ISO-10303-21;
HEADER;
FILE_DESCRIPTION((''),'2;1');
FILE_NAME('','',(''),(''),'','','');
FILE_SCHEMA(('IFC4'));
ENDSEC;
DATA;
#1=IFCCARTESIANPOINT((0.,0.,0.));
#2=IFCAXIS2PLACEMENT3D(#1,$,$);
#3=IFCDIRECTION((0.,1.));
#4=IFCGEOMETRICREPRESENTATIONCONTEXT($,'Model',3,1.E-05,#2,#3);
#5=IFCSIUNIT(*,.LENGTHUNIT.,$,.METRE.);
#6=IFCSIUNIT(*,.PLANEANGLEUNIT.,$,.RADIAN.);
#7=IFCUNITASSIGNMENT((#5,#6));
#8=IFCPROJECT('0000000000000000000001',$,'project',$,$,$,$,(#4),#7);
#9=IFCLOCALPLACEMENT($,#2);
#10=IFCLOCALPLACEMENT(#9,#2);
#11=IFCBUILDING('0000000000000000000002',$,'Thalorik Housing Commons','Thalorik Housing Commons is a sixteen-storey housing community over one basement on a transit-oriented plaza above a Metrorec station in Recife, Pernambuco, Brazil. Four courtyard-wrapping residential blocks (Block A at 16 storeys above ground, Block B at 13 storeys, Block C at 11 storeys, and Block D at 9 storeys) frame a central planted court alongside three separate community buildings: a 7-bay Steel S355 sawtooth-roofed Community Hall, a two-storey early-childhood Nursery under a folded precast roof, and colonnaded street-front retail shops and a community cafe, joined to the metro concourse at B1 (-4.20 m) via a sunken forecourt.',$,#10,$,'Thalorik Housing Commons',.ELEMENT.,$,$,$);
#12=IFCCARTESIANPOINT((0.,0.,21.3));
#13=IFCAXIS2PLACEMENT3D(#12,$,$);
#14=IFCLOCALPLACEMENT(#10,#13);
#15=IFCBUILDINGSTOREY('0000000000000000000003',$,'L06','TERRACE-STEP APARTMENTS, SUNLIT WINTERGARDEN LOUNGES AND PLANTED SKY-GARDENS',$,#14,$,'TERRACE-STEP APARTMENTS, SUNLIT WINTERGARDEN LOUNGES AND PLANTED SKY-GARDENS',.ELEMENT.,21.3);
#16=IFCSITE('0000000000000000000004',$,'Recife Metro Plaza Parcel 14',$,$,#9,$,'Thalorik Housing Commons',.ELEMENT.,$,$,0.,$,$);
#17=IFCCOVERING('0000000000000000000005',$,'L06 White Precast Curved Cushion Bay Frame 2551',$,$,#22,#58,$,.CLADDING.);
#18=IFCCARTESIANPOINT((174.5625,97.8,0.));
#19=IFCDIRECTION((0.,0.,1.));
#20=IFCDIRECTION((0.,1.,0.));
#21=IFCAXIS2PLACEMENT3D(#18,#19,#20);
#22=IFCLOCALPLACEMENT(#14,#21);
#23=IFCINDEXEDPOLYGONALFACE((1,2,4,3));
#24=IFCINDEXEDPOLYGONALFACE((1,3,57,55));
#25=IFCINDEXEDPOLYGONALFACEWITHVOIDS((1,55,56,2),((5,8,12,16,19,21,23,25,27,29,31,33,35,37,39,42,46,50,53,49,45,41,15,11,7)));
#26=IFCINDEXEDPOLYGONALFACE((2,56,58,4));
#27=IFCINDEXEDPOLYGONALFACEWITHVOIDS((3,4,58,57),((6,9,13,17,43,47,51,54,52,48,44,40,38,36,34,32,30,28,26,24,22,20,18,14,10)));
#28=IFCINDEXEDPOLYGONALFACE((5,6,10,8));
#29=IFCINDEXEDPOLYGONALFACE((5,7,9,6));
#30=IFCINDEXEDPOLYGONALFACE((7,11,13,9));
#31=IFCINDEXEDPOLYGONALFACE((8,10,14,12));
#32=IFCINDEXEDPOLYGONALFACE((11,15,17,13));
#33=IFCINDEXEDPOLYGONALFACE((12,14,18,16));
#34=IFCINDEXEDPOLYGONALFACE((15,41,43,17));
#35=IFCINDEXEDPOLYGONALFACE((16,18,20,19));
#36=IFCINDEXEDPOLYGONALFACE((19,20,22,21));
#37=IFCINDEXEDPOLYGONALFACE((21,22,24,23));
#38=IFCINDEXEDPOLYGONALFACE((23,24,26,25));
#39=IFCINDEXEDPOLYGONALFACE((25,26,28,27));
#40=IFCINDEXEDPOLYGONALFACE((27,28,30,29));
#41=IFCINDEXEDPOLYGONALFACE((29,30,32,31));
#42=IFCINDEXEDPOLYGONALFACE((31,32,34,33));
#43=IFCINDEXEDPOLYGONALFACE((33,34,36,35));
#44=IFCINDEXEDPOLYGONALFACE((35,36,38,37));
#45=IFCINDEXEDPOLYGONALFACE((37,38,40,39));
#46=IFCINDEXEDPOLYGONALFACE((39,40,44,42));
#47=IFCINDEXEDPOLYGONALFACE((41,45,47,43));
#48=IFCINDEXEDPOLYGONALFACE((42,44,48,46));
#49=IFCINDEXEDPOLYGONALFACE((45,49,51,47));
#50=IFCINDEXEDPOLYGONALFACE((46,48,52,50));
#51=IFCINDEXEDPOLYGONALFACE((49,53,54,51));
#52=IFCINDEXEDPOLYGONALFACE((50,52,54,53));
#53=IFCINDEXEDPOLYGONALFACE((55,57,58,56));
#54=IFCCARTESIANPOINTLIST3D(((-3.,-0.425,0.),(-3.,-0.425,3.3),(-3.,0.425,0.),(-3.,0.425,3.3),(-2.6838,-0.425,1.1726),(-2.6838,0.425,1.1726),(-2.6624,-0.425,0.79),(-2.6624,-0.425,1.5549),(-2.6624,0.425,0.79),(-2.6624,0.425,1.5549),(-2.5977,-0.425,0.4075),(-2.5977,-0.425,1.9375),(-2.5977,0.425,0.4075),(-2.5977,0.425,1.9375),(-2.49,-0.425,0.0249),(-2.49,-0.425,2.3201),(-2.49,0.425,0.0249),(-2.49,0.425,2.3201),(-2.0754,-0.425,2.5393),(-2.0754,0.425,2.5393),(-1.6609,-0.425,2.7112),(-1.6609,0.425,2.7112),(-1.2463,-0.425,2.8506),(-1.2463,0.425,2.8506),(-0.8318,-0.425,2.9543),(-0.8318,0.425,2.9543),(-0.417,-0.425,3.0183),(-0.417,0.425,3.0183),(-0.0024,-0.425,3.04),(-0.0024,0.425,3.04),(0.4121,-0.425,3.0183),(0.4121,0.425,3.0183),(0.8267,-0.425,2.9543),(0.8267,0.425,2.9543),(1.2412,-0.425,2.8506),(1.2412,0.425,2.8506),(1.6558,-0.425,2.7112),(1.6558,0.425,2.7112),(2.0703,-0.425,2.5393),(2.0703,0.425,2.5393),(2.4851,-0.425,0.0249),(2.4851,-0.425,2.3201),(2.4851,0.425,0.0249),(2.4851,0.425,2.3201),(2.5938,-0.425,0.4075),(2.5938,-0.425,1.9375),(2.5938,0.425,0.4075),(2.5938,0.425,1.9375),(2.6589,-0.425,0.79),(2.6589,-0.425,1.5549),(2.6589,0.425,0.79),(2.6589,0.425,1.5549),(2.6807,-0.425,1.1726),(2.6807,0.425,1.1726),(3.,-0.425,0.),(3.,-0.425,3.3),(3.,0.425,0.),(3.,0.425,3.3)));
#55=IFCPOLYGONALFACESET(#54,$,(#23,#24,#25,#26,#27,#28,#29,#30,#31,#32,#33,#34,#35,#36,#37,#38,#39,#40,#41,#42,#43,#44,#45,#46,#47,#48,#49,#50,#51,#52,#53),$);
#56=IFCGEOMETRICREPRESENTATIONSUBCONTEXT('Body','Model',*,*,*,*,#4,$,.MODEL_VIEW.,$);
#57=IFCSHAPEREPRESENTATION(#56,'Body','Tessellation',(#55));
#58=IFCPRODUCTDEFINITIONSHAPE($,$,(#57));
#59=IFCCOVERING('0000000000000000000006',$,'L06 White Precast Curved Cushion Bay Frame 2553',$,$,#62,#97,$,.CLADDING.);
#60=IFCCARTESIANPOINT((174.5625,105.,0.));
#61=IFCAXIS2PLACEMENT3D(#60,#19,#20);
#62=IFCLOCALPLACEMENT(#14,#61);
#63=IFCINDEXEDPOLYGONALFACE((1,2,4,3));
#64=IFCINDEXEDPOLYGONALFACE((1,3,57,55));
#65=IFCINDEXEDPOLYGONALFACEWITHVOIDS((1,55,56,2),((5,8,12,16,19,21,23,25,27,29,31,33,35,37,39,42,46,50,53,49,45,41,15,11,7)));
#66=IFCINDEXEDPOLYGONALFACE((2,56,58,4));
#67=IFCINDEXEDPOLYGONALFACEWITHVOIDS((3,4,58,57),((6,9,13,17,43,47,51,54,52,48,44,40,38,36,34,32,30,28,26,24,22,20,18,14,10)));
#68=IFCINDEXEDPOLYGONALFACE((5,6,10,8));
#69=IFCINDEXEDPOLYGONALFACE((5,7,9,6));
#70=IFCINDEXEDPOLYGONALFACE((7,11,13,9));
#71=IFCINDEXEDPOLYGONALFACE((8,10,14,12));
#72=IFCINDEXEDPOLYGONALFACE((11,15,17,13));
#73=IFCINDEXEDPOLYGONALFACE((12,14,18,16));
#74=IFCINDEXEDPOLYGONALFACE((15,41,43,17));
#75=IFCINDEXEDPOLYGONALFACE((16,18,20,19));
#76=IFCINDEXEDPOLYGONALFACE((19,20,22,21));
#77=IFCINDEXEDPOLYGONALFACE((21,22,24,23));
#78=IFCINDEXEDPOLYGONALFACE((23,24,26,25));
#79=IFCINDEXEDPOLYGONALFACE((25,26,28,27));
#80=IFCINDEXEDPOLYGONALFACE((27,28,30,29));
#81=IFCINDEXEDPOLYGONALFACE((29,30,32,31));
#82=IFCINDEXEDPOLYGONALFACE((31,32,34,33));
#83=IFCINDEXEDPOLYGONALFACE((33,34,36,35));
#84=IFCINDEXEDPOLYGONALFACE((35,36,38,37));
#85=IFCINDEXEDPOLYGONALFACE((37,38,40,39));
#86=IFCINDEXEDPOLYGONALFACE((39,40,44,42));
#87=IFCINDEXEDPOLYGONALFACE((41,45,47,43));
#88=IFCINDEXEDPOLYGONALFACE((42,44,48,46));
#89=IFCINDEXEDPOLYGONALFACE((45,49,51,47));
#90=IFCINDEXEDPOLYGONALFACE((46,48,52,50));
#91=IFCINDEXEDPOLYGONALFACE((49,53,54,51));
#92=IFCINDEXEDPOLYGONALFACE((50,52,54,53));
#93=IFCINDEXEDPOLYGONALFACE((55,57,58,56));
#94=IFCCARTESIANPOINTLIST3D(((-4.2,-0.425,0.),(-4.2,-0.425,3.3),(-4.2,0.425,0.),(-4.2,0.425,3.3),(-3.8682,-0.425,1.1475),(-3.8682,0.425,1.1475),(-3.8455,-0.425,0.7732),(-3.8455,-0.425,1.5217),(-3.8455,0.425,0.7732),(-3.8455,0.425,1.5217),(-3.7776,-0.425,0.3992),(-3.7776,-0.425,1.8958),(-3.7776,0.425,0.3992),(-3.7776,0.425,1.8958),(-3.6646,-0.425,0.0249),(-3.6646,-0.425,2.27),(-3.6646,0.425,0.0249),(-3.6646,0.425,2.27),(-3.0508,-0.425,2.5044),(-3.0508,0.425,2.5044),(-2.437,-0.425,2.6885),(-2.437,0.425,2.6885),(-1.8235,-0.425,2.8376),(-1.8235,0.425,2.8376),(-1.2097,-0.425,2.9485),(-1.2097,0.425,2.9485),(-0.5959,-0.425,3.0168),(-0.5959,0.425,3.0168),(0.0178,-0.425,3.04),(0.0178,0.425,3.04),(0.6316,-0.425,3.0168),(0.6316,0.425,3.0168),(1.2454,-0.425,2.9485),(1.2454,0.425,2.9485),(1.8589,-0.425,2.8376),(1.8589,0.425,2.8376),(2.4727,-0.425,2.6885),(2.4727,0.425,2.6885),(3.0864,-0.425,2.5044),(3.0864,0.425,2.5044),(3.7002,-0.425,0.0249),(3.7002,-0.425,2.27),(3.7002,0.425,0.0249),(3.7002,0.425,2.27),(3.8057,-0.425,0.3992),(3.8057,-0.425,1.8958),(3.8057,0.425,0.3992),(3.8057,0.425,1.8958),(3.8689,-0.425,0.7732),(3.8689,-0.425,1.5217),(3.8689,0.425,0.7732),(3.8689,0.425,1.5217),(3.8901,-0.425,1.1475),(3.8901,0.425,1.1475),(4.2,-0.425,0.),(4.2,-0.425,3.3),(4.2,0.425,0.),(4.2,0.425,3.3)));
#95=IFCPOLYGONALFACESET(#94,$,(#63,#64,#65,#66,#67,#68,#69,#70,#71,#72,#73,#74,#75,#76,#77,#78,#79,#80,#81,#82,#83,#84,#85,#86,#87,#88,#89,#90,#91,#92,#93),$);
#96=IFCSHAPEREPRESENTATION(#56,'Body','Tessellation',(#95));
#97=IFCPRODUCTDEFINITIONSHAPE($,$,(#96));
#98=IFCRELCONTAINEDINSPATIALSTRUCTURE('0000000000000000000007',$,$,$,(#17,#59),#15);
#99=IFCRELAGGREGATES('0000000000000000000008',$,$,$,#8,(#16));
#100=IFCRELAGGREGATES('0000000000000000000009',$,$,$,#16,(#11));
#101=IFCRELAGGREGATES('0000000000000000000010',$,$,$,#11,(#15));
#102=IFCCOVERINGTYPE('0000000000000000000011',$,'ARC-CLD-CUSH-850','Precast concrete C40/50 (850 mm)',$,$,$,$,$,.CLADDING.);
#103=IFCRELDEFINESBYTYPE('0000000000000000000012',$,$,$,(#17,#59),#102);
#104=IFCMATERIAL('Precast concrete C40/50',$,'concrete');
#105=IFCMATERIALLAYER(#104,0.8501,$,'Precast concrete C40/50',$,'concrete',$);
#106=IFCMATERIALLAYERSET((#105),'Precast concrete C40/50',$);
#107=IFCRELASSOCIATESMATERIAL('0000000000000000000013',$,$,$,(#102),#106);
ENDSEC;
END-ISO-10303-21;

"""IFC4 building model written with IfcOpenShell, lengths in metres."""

from ifc_helpers import new_model, si_unit, direction, frame, origin, place, context, subcontext, project, spatial, polyline, outline, extrude, material, layer, layer_set, type_object, element, save


model = new_model("IFC4")

# Units and contexts
model_context = context("Model", 3, precision=1e-05, world=origin(), true_north=direction((0.0, 1.0)))
body_context = subcontext(model_context, "Body", "Model", "MODEL_VIEW")
ifc_project = project(units=[si_unit("LENGTHUNIT", "METRE"), si_unit("PLANEANGLEUNIT", "RADIAN")], contexts=[model_context])

# Site, building, storey
site_placement = place(None, origin())
site = spatial("IfcSite", under=ifc_project, at=site_placement, Name="Recife Metro Plaza Parcel 14", LongName="Thalorik Housing Commons", CompositionType="ELEMENT", RefElevation=0.0)
building_placement = place(site_placement, origin())
building = spatial("IfcBuilding", under=site, at=building_placement, Name="Thalorik Housing Commons", Description="Thalorik Housing Commons is a sixteen-storey housing community over one basement on a transit-oriented plaza above a Metrorec station in Recife, Pernambuco, Brazil. Four courtyard-wrapping residential blocks (Block A at 16 storeys above ground, Block B at 13 storeys, Block C at 11 storeys, and Block D at 9 storeys) frame a central planted court alongside three separate community buildings: a 7-bay Steel S355 sawtooth-roofed Community Hall, a two-storey early-childhood Nursery under a folded precast roof, and colonnaded street-front retail shops and a community cafe, joined to the metro concourse at B1 (-4.20 m) via a sunken forecourt.", LongName="Thalorik Housing Commons", CompositionType="ELEMENT")
storey_placement = place(building_placement, frame((0.0, 0.0, 21.3)))
storey = spatial("IfcBuildingStorey", under=building, at=storey_placement, Name="L06", Description="TERRACE-STEP APARTMENTS, SUNLIT WINTERGARDEN LOUNGES AND PLANTED SKY-GARDENS", LongName="TERRACE-STEP APARTMENTS, SUNLIT WINTERGARDEN LOUNGES AND PLANTED SKY-GARDENS", CompositionType="ELEMENT", Elevation=21.3)

# Shared definitions
ifc_material_1 = material(Name="Precast concrete C40/50", Category="concrete")

# Coverings
ifc_layer_1 = layer(ifc_material_1, 0.8501, Name="Precast concrete C40/50", Category="concrete")
ifc_layer_set_1 = layer_set([ifc_layer_1], Name="Precast concrete C40/50")
covering_type_1 = type_object("IfcCoveringType", Name="ARC-CLD-CUSH-850", Description="Precast concrete C40/50 (850 mm)", PredefinedType="CLADDING", material=ifc_layer_set_1)
covering_1_placement = place(storey_placement, frame((174.5625, 97.8, 0.0), z_axis=(0.0, 0.0, 1.0), x_axis=(0.0, 1.0, 0.0)))
element("IfcCovering", 1, at=covering_1_placement, inside=storey, type_object=covering_type_1, Name="L06 White Precast Curved Cushion Bay Frame 2551", PredefinedType="CLADDING", context=body_context, shape_type="SweptSolid", body=[
    extrude(outline(polyline([(-3.0, 0.0), (3.0, 0.0), (3.0, 3.3), (-3.0, 3.3), (-3.0, 0.0)]), holes=[polyline([(2.4851, 0.0249), (2.5938, 0.4075), (2.6589, 0.79), (2.6807, 1.1726), (2.6589, 1.5549), (2.5938, 1.9375), (2.4851, 2.3201), (2.0703, 2.5393), (1.6558, 2.7112), (1.2412, 2.8506), (0.8267, 2.9543), (0.4121, 3.0183), (-0.0024, 3.04), (-0.417, 3.0183), (-0.8318, 2.9543), (-1.2463, 2.8506), (-1.6609, 2.7112), (-2.0754, 2.5393), (-2.49, 2.3201), (-2.5977, 1.9375), (-2.6624, 1.5549), (-2.6838, 1.1726), (-2.6624, 0.79), (-2.5977, 0.4075), (-2.49, 0.0249), (2.4851, 0.0249)])]), frame((0.0, 0.425, 0.0), z_axis=(0.0, -1.0, 0.0), x_axis=(1.0, 0.0, 0.0)), (0.0, 0.0, 1.0), 0.8501),
])
covering_2_placement = place(storey_placement, frame((174.5625, 105.0, 0.0), z_axis=(0.0, 0.0, 1.0), x_axis=(0.0, 1.0, 0.0)))
element("IfcCovering", 2, at=covering_2_placement, inside=storey, type_object=covering_type_1, Name="L06 White Precast Curved Cushion Bay Frame 2553", PredefinedType="CLADDING", context=body_context, shape_type="SweptSolid", body=[
    extrude(outline(polyline([(-4.2, 0.0), (4.2, 0.0), (4.2, 3.3), (-4.2, 3.3), (-4.2, 0.0)]), holes=[polyline([(3.7002, 0.0249), (3.8057, 0.3992), (3.8689, 0.7732), (3.8901, 1.1475), (3.8689, 1.5217), (3.8057, 1.8958), (3.7002, 2.27), (3.0864, 2.5044), (2.4727, 2.6885), (1.8589, 2.8376), (1.2454, 2.9485), (0.6316, 3.0168), (0.0178, 3.04), (-0.5959, 3.0168), (-1.2097, 2.9485), (-1.8235, 2.8376), (-2.437, 2.6885), (-3.0508, 2.5044), (-3.6646, 2.27), (-3.7776, 1.8958), (-3.8455, 1.5217), (-3.8682, 1.1475), (-3.8455, 0.7732), (-3.7776, 0.3992), (-3.6646, 0.0249), (3.7002, 0.0249)])]), frame((0.0, 0.425, 0.0), z_axis=(0.0, -1.0, 0.0), x_axis=(1.0, 0.0, 0.0)), (0.0, 0.0, 1.0), 0.8501),
])

save(model, "model.ifc")
